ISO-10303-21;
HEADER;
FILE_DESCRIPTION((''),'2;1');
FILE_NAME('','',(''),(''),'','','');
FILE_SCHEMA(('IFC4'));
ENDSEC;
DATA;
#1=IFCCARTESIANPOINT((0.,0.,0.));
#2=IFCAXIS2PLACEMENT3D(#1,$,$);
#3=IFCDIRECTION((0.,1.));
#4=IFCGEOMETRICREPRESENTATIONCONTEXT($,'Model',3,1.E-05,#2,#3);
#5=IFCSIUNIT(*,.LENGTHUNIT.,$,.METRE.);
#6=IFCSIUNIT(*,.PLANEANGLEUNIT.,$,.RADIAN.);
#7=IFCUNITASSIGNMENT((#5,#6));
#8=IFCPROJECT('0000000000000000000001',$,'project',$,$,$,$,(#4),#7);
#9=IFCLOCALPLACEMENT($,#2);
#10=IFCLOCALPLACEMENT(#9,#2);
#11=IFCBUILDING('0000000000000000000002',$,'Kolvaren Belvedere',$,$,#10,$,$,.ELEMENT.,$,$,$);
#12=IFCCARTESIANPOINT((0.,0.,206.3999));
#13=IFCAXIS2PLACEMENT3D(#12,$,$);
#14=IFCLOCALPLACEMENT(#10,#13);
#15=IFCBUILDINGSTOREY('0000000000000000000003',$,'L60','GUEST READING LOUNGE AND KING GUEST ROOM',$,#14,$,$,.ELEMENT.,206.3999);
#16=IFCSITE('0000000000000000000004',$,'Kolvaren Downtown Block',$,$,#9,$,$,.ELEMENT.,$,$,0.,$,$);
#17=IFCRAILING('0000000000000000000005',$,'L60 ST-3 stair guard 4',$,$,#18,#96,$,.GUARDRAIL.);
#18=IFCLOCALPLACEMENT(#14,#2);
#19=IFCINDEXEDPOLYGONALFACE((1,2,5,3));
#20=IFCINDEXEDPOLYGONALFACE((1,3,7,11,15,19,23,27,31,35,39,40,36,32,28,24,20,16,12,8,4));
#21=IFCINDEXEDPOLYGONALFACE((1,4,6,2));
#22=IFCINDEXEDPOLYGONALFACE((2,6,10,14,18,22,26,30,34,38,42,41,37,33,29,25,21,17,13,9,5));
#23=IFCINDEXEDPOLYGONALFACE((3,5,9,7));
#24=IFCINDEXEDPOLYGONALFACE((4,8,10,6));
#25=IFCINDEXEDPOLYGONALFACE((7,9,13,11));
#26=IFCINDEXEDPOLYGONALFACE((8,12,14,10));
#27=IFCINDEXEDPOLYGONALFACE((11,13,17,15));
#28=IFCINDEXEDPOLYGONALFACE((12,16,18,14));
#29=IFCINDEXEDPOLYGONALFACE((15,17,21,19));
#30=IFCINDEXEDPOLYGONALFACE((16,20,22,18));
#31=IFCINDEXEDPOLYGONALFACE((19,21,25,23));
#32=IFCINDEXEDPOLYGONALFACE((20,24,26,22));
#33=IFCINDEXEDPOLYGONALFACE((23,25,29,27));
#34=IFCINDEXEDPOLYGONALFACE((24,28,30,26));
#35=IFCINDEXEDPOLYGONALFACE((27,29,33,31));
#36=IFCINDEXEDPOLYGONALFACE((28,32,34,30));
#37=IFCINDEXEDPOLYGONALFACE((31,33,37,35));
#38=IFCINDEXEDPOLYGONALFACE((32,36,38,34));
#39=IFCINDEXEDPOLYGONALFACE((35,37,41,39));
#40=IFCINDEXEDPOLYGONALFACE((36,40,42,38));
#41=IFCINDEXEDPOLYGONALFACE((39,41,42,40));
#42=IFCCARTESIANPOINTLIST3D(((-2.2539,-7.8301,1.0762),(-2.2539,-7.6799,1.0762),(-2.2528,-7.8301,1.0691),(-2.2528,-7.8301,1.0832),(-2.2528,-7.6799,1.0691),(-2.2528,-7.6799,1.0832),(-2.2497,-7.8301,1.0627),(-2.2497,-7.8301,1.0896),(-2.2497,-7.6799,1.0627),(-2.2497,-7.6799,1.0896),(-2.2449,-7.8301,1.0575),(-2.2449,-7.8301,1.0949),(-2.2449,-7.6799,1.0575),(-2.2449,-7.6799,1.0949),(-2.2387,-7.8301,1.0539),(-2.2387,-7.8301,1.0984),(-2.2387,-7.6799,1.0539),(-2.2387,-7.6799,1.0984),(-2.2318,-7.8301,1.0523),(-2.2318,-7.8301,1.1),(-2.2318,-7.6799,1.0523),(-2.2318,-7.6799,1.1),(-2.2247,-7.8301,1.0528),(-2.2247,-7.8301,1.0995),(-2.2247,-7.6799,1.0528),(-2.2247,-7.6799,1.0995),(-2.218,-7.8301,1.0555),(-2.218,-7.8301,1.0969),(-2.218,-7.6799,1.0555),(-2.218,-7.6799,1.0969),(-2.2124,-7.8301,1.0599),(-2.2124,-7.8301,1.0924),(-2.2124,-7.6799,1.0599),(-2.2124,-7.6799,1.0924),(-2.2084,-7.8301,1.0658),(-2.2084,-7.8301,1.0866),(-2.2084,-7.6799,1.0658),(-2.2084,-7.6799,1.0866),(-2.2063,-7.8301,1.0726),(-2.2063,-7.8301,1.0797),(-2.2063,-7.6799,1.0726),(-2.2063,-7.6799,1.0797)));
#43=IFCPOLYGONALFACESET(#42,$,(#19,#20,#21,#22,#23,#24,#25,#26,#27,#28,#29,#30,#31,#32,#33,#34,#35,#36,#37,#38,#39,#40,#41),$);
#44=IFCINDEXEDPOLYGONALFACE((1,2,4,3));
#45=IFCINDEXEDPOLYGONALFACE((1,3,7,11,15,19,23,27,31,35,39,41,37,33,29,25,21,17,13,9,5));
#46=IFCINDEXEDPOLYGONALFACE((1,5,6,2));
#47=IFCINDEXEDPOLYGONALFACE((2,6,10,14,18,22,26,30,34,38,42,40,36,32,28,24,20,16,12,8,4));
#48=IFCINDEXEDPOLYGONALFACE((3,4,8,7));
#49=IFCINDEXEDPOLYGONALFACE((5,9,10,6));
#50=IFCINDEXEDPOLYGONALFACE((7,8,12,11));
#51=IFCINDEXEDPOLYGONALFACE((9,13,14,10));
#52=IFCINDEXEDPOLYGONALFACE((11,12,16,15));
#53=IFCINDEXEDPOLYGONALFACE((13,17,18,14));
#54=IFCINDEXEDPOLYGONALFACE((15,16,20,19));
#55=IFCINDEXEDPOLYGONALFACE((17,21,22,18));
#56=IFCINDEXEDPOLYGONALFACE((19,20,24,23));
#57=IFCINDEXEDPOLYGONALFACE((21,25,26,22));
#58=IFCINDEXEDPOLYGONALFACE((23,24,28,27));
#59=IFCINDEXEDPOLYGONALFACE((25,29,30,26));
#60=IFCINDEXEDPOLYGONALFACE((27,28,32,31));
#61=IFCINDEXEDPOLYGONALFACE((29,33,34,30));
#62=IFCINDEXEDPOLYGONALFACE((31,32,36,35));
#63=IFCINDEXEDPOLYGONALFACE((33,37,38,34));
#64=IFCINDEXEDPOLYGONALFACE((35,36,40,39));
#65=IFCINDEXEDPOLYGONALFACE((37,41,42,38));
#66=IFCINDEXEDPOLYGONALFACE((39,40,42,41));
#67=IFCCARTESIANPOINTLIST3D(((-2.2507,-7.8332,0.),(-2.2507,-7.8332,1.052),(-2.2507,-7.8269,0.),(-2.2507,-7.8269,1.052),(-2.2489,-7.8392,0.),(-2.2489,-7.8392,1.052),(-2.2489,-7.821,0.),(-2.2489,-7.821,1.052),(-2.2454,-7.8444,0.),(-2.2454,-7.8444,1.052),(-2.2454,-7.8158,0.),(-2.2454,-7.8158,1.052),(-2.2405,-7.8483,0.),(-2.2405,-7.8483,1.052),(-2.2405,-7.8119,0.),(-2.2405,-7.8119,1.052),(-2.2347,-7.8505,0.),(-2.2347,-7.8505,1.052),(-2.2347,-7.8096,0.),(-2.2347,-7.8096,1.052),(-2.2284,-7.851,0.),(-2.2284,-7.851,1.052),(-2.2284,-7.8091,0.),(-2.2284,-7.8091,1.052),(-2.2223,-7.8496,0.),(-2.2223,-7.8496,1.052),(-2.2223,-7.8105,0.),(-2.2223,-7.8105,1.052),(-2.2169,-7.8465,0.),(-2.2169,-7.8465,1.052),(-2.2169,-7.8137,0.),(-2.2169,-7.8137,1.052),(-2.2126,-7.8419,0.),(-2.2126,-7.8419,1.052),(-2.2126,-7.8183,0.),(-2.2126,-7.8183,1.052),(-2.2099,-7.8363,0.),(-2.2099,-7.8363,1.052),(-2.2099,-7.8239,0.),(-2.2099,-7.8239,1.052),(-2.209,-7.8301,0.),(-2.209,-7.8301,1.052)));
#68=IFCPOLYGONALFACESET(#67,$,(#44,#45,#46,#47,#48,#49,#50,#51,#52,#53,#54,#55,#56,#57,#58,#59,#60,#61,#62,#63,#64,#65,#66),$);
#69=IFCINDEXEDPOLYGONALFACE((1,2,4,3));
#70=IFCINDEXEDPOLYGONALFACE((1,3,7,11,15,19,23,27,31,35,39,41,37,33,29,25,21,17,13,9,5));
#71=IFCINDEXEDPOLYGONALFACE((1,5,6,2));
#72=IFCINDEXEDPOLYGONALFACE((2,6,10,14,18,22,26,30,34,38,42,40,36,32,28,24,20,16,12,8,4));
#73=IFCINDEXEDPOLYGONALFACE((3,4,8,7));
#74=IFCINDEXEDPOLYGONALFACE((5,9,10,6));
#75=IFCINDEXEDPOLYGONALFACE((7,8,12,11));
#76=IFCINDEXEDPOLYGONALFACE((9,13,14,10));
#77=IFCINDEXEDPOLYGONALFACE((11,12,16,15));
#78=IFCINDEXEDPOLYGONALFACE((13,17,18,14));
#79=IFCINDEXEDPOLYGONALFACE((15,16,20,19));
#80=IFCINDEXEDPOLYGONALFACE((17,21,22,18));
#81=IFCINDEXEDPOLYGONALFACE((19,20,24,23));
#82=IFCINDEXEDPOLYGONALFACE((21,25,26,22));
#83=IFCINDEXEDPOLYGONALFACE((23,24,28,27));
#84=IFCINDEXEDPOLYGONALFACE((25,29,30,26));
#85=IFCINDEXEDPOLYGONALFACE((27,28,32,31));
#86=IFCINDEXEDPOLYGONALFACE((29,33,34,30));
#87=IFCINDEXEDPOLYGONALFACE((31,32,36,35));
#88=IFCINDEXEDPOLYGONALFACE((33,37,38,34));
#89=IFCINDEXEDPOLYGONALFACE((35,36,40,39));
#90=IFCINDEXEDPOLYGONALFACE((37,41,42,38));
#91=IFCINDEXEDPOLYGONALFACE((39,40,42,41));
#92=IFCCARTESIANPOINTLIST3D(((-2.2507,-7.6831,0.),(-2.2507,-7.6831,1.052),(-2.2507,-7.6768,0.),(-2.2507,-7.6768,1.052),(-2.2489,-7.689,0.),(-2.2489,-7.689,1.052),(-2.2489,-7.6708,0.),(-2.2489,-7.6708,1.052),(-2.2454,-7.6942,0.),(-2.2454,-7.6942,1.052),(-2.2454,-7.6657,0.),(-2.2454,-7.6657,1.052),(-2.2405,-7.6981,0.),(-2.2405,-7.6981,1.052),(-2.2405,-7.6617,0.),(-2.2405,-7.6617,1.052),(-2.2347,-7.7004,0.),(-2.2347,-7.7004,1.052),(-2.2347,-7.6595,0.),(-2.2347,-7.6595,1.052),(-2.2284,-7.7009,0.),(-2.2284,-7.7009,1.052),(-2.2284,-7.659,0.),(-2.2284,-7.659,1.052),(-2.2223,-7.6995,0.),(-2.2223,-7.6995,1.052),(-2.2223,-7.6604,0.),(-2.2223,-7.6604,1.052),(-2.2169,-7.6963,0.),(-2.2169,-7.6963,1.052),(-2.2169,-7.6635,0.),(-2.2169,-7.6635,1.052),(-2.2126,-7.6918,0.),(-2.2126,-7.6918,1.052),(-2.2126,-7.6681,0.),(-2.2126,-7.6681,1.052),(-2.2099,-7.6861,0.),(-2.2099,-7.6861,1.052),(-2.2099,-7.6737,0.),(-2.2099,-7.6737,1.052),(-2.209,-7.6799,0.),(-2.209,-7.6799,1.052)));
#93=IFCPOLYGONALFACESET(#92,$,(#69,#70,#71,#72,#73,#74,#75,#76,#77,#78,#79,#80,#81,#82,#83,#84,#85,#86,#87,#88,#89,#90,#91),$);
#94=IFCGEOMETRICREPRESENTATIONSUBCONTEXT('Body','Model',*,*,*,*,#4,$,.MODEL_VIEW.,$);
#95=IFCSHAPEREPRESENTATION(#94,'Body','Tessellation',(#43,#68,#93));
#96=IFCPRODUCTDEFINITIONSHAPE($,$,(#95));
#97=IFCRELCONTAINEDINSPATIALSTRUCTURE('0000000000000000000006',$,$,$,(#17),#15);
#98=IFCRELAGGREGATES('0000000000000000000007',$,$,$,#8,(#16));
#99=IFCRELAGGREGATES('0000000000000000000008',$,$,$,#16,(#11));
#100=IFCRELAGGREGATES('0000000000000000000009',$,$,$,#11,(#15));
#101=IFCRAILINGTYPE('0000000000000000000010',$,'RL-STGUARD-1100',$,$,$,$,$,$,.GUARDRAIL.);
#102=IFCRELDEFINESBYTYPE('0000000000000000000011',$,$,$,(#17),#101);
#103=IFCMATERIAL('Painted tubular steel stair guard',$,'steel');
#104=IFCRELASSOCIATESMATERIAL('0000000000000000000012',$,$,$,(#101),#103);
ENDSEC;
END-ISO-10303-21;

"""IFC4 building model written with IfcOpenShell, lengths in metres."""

from ifc_helpers import new_model, si_unit, direction, frame, origin, origin_2d, place, context, subcontext, project, spatial, circle, extrude, material, type_object, element, save


model = new_model("IFC4")

# Units and contexts
model_context = context("Model", 3, precision=1e-05, world=origin(), true_north=direction((0.0, 1.0)))
body_context = subcontext(model_context, "Body", "Model", "MODEL_VIEW")
ifc_project = project(units=[si_unit("LENGTHUNIT", "METRE"), si_unit("PLANEANGLEUNIT", "RADIAN")], contexts=[model_context])

# Site, building, storey
site_placement = place(None, origin())
site = spatial("IfcSite", under=ifc_project, at=site_placement, Name="Kolvaren Downtown Block", CompositionType="ELEMENT", RefElevation=0.0)
building_placement = place(site_placement, origin())
building = spatial("IfcBuilding", under=site, at=building_placement, Name="Kolvaren Belvedere", CompositionType="ELEMENT")
storey_placement = place(building_placement, frame((0.0, 0.0, 206.3999)))
storey = spatial("IfcBuildingStorey", under=building, at=storey_placement, Name="L60", Description="GUEST READING LOUNGE AND KING GUEST ROOM", CompositionType="ELEMENT", Elevation=206.3999)

# Railing
ifc_material_1 = material(Name="Painted tubular steel stair guard", Category="steel")
railing_type_1 = type_object("IfcRailingType", Name="RL-STGUARD-1100", PredefinedType="GUARDRAIL", material=ifc_material_1)
railing_1_placement = place(storey_placement, frame((-2.23, -7.8301, 0.0)))
element("IfcRailing", 1, at=railing_1_placement, inside=storey, type_object=railing_type_1, Name="L60 ST-3 stair guard 4", PredefinedType="GUARDRAIL", context=body_context, shape_type="SweptSolid", body=[
    extrude(circle(Radius=0.0239, at=origin_2d()), frame((0.0, 0.0, 1.0762), z_axis=(0.0, 1.0, 0.0), x_axis=(-1.0, 0.0, 0.0)), (0.0, 0.0, 1.0), 0.1501),
    extrude(circle(Radius=0.021, at=origin_2d()), origin(), (0.0, 0.0, 1.0), 1.052),
    extrude(circle(Radius=0.021, at=origin_2d()), frame((0.0, 0.1501, 0.0)), (0.0, 0.0, 1.0), 1.052),
])

save(model, "model.ifc")
